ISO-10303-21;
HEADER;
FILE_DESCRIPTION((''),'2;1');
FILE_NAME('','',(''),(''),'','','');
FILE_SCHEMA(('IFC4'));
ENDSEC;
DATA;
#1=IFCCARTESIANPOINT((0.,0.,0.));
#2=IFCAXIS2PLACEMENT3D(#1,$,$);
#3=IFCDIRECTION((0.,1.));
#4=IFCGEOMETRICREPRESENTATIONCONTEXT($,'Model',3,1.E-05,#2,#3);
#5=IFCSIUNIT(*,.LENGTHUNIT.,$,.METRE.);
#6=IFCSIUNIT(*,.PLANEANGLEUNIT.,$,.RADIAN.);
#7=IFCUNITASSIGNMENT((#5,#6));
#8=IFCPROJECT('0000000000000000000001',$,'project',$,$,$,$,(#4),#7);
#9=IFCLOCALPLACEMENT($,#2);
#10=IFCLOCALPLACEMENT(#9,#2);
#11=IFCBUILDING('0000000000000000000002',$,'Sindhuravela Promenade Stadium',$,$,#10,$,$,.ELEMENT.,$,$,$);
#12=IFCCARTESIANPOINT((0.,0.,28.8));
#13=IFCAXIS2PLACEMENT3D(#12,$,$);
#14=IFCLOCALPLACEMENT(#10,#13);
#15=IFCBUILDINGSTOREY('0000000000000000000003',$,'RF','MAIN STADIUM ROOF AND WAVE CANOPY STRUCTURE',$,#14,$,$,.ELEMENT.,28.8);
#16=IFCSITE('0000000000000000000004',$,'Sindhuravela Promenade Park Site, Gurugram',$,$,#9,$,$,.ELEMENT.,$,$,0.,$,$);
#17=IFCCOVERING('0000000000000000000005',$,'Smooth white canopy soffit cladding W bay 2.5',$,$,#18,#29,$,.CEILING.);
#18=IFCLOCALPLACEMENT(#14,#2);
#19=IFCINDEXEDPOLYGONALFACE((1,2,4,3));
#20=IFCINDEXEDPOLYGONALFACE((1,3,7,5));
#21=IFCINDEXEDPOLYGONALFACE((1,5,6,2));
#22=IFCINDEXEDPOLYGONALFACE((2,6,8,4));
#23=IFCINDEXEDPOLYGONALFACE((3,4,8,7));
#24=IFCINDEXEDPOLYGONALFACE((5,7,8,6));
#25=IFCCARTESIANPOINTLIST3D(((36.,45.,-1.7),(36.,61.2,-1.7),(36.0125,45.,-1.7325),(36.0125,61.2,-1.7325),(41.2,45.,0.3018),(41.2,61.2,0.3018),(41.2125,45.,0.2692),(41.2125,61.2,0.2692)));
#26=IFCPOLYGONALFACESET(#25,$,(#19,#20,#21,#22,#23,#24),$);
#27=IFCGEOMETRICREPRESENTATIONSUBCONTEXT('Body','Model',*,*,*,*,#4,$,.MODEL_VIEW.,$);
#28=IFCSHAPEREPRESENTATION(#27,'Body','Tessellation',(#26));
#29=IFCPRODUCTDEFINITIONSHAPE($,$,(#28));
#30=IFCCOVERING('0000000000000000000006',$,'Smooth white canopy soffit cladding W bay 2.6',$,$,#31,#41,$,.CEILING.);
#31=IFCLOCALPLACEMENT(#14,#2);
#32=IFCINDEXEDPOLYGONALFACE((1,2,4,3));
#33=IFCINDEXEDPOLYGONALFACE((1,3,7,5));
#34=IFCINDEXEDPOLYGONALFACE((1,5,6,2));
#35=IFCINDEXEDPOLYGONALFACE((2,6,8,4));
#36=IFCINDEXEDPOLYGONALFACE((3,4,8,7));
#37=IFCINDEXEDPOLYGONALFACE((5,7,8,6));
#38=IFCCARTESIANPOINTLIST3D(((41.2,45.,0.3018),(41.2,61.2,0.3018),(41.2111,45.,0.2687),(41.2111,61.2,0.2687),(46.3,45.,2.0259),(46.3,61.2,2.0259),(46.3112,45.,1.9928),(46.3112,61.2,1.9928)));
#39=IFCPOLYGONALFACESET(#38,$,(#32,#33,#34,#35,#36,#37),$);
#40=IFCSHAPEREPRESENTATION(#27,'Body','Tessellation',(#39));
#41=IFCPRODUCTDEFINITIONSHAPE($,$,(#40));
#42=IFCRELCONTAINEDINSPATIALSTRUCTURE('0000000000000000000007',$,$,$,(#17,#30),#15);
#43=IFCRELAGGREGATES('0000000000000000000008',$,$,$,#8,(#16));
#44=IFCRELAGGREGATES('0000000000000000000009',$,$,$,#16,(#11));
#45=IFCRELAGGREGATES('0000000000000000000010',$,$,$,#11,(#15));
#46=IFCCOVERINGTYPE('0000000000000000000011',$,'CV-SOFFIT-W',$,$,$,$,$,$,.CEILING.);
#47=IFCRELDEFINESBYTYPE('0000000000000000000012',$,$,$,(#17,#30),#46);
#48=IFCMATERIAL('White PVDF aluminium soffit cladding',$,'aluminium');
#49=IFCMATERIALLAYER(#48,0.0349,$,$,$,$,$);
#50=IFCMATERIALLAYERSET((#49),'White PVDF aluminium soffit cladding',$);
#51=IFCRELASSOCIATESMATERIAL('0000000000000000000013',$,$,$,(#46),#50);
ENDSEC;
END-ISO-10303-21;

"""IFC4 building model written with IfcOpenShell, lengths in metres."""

from ifc_helpers import new_model, si_unit, direction, frame, origin, place, context, subcontext, project, spatial, polyline, outline, extrude, material, layer, layer_set, type_object, element, save


model = new_model("IFC4")

# Units and contexts
model_context = context("Model", 3, precision=1e-05, world=origin(), true_north=direction((0.0, 1.0)))
body_context = subcontext(model_context, "Body", "Model", "MODEL_VIEW")
ifc_project = project(units=[si_unit("LENGTHUNIT", "METRE"), si_unit("PLANEANGLEUNIT", "RADIAN")], contexts=[model_context])

# Site, building, storey
site_placement = place(None, origin())
site = spatial("IfcSite", under=ifc_project, at=site_placement, Name="Sindhuravela Promenade Park Site, Gurugram", CompositionType="ELEMENT", RefElevation=0.0)
building_placement = place(site_placement, origin())
building = spatial("IfcBuilding", under=site, at=building_placement, Name="Sindhuravela Promenade Stadium", CompositionType="ELEMENT")
storey_placement = place(building_placement, frame((0.0, 0.0, 28.8)))
storey = spatial("IfcBuildingStorey", under=building, at=storey_placement, Name="RF", Description="MAIN STADIUM ROOF AND WAVE CANOPY STRUCTURE", CompositionType="ELEMENT", Elevation=28.8)

# Coverings
ifc_material_1 = material(Name="White PVDF aluminium soffit cladding", Category="aluminium")
ifc_layer_1 = layer(ifc_material_1, 0.0349)
ifc_layer_set_1 = layer_set([ifc_layer_1], Name="White PVDF aluminium soffit cladding")
covering_type_1 = type_object("IfcCoveringType", Name="CV-SOFFIT-W", PredefinedType="CEILING", material=ifc_layer_set_1)
covering_1_placement = place(storey_placement, frame((36.0, 45.0, -1.7), z_axis=(-0.359249, 0.0, 0.933242), x_axis=(0.0, 1.0, 0.0)))
element("IfcCovering", 1, at=covering_1_placement, inside=storey, type_object=covering_type_1, Name="Smooth white canopy soffit cladding W bay 2.5", PredefinedType="CEILING", context=body_context, shape_type="SweptSolid", body=[
    extrude(outline(polyline([(0.0, 0.0), (0.0, -5.5719), (16.2, -5.5719), (16.2, 0.0), (0.0, 0.0)])), origin(), (0.0, 0.0, -1.0), 0.0349),
])
covering_2_placement = place(storey_placement, frame((41.2, 45.0, 0.3018), z_axis=(-0.320252, 0.0, 0.947332), x_axis=(0.0, 1.0, 0.0)))
element("IfcCovering", 2, at=covering_2_placement, inside=storey, type_object=covering_type_1, Name="Smooth white canopy soffit cladding W bay 2.6", PredefinedType="CEILING", context=body_context, shape_type="SweptSolid", body=[
    extrude(outline(polyline([(0.0, 0.0), (0.0, -5.3836), (16.2, -5.3836), (16.2, 0.0), (0.0, 0.0)])), origin(), (0.0, 0.0, -1.0), 0.0349),
])

save(model, "model.ifc")
